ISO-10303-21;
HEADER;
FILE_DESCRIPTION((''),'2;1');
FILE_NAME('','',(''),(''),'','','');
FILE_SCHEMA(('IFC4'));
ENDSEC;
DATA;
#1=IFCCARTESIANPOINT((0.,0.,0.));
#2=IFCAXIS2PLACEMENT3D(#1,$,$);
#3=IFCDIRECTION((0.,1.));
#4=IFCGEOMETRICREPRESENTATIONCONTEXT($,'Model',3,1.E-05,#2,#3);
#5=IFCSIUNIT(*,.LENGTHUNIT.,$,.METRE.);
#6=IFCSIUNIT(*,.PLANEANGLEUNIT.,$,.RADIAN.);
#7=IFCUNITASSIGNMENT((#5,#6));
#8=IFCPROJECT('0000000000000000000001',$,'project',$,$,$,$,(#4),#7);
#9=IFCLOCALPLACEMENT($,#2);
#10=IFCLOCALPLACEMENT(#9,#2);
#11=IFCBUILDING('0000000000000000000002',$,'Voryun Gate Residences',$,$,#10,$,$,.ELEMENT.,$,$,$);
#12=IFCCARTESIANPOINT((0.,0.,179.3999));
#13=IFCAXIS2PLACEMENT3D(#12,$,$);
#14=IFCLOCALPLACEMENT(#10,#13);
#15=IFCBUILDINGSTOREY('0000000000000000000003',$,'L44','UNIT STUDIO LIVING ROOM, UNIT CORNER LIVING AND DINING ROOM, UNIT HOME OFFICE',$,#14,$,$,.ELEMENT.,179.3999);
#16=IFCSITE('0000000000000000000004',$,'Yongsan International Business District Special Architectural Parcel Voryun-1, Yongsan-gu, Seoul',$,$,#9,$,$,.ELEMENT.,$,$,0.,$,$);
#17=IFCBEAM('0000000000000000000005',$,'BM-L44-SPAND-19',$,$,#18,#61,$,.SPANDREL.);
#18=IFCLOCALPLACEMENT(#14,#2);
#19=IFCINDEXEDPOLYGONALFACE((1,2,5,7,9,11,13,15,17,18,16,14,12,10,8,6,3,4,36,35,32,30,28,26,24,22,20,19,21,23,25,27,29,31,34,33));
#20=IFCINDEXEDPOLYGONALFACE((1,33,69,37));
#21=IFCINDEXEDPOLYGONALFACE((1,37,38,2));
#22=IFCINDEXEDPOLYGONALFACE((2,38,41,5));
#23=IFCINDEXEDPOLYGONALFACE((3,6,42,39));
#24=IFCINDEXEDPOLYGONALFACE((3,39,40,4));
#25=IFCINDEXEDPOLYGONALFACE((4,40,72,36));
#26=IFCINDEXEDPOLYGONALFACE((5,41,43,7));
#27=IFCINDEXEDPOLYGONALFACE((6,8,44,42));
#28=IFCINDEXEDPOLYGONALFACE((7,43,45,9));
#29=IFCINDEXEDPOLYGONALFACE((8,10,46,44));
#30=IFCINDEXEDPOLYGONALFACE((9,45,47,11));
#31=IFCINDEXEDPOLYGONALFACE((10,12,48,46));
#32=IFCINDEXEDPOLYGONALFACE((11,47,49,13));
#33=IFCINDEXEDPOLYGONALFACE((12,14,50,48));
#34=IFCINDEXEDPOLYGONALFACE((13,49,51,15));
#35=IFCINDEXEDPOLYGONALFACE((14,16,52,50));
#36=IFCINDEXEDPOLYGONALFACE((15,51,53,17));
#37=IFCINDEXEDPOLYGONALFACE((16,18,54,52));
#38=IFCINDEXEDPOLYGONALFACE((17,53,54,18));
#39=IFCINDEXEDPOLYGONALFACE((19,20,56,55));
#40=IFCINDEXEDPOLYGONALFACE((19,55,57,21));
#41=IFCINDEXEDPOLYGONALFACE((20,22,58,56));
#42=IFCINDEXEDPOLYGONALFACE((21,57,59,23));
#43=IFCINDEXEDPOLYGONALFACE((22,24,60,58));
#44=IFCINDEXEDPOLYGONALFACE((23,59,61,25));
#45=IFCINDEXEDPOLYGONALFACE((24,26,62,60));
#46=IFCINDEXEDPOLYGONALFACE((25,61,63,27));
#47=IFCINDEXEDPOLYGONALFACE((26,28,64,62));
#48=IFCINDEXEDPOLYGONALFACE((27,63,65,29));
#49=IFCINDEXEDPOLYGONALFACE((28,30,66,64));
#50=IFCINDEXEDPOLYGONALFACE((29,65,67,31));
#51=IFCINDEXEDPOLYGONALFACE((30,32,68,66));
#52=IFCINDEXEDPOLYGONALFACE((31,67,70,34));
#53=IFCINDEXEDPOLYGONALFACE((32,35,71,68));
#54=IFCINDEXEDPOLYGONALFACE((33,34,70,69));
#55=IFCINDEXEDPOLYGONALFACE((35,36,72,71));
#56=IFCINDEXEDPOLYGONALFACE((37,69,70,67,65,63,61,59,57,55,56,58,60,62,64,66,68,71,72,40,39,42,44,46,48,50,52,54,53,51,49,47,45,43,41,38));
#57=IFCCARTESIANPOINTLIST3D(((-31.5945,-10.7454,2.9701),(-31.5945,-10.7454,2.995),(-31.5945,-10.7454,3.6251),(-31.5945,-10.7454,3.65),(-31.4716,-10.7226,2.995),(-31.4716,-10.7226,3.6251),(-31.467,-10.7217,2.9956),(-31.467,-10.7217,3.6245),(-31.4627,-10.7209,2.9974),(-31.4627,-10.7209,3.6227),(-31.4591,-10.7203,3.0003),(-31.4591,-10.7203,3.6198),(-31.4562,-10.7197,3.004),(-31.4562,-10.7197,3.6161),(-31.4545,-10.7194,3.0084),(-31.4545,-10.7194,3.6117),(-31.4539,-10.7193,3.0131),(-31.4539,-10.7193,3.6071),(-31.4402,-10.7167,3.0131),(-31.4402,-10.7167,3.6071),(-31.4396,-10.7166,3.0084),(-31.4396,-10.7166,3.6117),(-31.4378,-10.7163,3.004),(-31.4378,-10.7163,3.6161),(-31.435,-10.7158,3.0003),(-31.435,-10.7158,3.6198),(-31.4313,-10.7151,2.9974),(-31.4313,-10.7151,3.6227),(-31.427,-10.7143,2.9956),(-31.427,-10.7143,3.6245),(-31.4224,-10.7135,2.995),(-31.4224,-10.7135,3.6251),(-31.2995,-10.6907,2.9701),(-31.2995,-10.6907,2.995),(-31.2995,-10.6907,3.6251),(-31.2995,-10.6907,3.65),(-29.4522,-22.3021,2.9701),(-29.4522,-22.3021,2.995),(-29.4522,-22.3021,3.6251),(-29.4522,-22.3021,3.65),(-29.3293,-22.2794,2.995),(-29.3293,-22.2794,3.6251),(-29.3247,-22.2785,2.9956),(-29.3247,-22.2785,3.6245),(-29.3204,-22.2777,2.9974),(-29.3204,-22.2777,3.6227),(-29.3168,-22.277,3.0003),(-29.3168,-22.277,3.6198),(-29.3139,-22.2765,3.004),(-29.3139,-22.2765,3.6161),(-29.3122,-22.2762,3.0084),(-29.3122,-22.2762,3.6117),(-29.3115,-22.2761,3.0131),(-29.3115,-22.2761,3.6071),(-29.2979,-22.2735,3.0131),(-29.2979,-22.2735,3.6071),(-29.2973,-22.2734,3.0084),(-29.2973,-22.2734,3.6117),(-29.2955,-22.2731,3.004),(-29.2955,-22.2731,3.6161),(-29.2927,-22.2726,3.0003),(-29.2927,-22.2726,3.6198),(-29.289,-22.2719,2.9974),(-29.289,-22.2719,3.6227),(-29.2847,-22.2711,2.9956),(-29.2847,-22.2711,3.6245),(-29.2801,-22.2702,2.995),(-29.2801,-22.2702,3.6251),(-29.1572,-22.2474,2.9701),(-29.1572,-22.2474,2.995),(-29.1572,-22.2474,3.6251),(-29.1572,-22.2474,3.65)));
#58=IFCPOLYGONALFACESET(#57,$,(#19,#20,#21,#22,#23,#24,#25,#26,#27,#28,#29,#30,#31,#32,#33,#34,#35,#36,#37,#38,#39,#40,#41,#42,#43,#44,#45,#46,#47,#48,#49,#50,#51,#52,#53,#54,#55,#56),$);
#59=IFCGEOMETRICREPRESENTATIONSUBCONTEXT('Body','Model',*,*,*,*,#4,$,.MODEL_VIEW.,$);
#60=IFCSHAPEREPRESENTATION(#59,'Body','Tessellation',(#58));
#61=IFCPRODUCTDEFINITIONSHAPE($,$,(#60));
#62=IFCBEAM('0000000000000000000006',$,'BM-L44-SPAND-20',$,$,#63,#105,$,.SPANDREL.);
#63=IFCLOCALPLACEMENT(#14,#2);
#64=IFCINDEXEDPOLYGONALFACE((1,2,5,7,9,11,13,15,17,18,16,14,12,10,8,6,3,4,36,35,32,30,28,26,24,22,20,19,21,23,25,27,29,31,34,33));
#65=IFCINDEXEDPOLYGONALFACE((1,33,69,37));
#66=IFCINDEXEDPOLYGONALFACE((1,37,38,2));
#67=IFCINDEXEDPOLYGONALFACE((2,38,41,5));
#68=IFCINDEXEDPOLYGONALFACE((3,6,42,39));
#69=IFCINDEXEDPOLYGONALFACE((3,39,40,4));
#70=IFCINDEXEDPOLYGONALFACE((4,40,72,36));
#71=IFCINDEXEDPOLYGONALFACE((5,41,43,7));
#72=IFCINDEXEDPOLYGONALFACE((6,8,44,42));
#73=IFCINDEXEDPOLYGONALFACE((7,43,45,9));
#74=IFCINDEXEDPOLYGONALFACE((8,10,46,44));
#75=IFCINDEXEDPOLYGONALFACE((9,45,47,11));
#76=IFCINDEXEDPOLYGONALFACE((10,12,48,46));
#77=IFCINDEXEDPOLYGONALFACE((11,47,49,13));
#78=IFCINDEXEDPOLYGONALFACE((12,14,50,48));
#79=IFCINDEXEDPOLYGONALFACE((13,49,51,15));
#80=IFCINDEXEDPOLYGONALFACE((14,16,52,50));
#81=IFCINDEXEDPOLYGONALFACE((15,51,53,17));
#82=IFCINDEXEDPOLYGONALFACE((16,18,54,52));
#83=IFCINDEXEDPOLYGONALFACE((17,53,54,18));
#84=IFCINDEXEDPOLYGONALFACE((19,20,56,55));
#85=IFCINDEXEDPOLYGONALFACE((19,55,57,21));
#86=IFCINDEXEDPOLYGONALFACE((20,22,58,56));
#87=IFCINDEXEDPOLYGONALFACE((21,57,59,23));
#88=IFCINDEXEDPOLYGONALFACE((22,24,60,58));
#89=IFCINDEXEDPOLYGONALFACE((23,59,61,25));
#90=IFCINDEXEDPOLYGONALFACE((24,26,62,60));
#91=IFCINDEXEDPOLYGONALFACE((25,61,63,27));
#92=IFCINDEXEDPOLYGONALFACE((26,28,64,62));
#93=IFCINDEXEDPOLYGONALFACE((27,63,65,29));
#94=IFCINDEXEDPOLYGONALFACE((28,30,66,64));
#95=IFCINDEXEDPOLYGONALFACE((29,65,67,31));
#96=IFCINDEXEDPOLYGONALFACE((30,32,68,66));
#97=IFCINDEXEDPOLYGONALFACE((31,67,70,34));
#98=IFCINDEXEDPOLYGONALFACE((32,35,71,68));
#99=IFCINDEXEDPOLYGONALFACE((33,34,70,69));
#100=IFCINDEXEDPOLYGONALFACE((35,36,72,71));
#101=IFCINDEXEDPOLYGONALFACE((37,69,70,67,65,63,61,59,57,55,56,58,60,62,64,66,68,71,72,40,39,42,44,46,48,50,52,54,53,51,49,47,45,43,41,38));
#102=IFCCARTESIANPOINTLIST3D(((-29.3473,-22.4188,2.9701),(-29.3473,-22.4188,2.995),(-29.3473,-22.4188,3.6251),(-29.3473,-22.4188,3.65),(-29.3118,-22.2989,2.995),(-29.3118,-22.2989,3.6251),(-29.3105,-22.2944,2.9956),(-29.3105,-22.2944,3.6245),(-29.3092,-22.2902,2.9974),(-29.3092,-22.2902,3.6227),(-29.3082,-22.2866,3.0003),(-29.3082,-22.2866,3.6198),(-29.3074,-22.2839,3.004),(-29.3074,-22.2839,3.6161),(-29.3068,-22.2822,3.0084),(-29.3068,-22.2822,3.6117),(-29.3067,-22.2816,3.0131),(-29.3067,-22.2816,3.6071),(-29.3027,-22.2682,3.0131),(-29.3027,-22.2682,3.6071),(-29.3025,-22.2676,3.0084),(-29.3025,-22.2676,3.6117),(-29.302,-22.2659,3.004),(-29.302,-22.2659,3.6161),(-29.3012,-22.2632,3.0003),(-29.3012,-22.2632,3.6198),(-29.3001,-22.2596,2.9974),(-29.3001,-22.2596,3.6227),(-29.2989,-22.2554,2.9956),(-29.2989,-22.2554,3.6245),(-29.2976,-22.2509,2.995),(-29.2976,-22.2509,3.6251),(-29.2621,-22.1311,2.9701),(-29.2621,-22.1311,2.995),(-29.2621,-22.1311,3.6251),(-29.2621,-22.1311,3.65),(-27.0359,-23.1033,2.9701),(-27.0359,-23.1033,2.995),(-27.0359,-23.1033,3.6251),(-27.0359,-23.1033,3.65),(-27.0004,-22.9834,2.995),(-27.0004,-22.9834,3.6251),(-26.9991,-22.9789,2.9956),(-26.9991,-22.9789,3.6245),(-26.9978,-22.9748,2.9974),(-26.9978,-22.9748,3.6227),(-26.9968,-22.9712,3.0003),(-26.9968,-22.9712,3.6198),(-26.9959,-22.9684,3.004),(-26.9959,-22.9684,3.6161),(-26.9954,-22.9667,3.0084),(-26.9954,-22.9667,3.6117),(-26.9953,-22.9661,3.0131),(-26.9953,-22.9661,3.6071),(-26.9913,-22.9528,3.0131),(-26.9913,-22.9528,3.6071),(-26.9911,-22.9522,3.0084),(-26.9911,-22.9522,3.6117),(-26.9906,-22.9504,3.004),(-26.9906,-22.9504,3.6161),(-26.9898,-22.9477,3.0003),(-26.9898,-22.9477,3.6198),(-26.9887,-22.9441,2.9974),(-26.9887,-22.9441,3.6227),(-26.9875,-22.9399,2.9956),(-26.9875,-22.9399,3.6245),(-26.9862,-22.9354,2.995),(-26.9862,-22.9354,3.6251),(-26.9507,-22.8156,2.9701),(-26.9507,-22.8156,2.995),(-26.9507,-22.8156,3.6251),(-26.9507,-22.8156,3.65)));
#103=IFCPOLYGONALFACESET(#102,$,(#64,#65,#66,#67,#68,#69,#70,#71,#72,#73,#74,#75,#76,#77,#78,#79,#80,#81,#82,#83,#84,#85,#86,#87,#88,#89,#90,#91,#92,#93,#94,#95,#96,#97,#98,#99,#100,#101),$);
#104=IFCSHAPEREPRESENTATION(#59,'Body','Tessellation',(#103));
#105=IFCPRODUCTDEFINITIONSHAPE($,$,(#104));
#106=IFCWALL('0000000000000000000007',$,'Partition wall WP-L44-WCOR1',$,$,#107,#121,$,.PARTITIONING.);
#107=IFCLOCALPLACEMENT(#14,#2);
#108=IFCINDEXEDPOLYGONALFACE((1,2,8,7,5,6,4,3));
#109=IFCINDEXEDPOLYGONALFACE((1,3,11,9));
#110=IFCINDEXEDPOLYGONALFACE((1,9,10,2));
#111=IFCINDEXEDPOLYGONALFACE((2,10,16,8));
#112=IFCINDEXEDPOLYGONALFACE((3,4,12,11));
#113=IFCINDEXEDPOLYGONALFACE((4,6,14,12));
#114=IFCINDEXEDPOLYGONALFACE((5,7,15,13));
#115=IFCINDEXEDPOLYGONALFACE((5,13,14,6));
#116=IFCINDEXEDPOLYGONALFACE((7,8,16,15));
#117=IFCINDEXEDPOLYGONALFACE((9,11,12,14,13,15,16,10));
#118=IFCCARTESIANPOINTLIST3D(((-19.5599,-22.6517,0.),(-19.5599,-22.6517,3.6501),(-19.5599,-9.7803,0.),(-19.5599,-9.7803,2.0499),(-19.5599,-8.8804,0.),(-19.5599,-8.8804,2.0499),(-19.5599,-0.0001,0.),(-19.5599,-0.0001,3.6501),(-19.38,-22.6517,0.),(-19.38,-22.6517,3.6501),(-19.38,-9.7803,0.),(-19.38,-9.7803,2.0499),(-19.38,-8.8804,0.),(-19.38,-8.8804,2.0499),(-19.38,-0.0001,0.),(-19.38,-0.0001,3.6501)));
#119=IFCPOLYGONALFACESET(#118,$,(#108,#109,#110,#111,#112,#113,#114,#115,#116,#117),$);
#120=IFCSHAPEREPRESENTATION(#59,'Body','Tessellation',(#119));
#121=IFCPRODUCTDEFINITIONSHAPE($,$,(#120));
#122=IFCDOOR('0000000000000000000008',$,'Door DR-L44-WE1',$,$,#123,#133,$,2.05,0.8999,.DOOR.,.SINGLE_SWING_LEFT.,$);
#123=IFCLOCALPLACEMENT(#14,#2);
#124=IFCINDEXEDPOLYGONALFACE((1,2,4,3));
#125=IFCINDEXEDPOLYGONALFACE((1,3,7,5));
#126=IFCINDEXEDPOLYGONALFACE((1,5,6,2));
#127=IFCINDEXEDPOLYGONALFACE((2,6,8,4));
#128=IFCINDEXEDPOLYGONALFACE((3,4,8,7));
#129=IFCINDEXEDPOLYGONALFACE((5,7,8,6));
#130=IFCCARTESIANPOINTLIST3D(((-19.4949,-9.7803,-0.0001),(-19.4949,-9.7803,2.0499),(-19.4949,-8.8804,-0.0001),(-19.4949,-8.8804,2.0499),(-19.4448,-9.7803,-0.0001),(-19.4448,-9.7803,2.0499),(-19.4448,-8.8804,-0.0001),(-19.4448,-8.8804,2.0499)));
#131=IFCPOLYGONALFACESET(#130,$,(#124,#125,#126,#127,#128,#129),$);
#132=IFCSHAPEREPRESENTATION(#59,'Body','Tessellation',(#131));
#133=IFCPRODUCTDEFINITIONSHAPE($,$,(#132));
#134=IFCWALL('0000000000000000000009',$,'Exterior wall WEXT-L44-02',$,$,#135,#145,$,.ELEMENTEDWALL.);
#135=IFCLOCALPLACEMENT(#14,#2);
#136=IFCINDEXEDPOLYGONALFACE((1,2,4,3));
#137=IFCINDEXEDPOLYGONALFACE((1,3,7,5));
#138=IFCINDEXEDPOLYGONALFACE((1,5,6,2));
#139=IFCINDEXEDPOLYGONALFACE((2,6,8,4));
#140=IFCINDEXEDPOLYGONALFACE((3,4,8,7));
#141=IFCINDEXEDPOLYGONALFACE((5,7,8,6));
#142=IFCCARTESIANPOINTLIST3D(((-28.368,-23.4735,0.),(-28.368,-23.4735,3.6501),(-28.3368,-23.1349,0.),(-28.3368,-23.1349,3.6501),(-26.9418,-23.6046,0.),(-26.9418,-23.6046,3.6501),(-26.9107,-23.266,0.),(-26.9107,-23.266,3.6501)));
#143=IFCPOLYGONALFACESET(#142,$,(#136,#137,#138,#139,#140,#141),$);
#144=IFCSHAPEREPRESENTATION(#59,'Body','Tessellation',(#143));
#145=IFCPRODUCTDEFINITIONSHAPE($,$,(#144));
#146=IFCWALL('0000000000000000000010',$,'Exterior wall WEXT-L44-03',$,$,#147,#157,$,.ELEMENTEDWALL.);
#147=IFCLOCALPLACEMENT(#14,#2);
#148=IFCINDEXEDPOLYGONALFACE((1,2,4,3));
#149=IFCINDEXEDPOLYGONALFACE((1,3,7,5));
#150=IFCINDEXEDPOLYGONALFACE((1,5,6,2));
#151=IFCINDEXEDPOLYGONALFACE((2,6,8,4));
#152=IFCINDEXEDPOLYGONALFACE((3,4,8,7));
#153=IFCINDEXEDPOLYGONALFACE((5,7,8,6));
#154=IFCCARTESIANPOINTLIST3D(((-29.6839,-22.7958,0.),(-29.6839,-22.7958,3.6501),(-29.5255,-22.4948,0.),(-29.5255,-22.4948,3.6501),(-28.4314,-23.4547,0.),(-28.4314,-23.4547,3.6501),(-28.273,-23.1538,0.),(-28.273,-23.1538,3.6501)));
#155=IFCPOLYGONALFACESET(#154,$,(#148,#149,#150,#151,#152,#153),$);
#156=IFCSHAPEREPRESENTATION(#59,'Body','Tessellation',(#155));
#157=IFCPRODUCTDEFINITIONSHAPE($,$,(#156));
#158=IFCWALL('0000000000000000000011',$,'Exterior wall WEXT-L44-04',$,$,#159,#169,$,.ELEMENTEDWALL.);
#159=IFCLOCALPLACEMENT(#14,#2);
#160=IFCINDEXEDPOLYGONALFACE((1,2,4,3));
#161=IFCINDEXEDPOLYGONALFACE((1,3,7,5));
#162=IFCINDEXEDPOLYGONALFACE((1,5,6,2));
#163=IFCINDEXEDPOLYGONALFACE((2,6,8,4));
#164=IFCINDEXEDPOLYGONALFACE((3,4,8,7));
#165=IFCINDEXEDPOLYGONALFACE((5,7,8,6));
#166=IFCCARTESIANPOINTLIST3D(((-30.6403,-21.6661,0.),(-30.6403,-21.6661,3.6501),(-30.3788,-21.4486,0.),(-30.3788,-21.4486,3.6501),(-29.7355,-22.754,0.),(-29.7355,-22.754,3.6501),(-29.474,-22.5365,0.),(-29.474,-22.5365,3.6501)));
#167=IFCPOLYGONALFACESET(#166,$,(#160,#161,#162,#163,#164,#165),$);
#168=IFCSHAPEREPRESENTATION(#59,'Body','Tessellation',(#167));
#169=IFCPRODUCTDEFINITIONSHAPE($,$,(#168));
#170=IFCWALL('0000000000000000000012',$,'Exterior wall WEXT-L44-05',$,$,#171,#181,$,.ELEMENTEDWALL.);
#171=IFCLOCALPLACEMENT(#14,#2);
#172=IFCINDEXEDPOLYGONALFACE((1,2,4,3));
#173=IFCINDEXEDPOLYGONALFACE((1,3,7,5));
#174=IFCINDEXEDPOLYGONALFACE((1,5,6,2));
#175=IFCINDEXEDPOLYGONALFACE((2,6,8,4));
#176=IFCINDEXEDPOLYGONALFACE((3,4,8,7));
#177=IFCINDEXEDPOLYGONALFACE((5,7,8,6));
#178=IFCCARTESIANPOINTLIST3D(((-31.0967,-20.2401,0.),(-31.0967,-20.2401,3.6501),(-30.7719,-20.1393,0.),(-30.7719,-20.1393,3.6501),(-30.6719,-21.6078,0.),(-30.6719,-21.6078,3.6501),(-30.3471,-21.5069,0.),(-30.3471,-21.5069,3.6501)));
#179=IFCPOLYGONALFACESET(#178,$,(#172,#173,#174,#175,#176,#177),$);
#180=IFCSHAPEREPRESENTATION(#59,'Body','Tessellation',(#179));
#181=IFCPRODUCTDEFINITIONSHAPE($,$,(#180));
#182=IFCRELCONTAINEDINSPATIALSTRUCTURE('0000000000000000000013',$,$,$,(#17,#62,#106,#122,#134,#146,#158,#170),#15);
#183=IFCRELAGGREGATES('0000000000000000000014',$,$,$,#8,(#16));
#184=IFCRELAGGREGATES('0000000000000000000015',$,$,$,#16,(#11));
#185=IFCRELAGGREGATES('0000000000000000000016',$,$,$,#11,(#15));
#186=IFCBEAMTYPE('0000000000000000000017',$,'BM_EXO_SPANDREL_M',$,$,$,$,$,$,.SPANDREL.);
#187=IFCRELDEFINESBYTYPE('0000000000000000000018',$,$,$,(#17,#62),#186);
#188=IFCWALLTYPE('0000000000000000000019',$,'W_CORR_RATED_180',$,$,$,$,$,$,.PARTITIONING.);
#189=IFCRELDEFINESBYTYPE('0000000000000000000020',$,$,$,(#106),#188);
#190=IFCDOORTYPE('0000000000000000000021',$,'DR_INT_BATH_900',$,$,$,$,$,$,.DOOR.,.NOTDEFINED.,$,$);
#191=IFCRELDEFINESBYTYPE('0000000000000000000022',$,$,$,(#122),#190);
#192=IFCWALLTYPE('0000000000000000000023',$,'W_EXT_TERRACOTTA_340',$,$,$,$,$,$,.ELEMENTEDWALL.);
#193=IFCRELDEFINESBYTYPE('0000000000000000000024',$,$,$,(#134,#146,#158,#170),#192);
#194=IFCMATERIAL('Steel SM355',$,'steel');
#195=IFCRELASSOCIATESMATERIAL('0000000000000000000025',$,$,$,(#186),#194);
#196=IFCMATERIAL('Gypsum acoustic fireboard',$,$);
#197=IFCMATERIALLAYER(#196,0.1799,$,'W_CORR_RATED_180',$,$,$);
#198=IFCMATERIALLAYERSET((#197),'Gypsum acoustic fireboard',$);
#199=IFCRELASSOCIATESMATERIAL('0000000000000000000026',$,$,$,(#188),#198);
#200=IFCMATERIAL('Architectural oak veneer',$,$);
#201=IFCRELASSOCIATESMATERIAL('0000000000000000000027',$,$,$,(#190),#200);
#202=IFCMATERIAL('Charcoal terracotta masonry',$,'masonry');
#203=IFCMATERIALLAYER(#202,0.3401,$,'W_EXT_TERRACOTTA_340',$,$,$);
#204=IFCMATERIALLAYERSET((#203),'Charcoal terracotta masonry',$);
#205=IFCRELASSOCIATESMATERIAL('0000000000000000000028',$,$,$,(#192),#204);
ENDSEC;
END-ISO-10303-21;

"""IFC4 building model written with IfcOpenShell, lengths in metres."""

from ifc_helpers import new_model, si_unit, direction, frame, frame_2d, origin, origin_2d, place, context, subcontext, project, spatial, rectangle, i_section, extrude, material, layer, layer_set, material_profile, profile_set, type_object, element, fill, save


model = new_model("IFC4")

# Units and contexts
model_context = context("Model", 3, precision=1e-05, world=origin(), true_north=direction((0.0, 1.0)))
body_context = subcontext(model_context, "Body", "Model", "MODEL_VIEW")
ifc_project = project(units=[si_unit("LENGTHUNIT", "METRE"), si_unit("PLANEANGLEUNIT", "RADIAN")], contexts=[model_context])

# Site, building, storey
site_placement = place(None, origin())
site = spatial("IfcSite", under=ifc_project, at=site_placement, Name="Yongsan International Business District Special Architectural Parcel Voryun-1, Yongsan-gu, Seoul", CompositionType="ELEMENT", RefElevation=0.0)
building_placement = place(site_placement, origin())
building = spatial("IfcBuilding", under=site, at=building_placement, Name="Voryun Gate Residences", CompositionType="ELEMENT")
storey_placement = place(building_placement, frame((0.0, 0.0, 179.3999)))
storey = spatial("IfcBuildingStorey", under=building, at=storey_placement, Name="L44", Description="UNIT STUDIO LIVING ROOM, UNIT CORNER LIVING AND DINING ROOM, UNIT HOME OFFICE", CompositionType="ELEMENT", Elevation=179.3999)

# Beams
ifc_material_1 = material(Name="Steel SM355", Category="steel")
ifc_material_profile_1 = material_profile(ifc_material_1, i_section(OverallWidth=0.3, OverallDepth=0.6799, WebThickness=0.0139, FlangeThickness=0.0249, FilletRadius=0.0181, at=origin_2d()), Name="H-680x300x14x25")
ifc_profile_set_1 = profile_set([ifc_material_profile_1], Name="Steel SM355")
beam_type = type_object("IfcBeamType", Name="BM_EXO_SPANDREL_M", PredefinedType="SPANDREL", material=ifc_profile_set_1)
beam_1_placement = place(storey_placement, frame((-31.447, -10.718, 3.3101), z_axis=(0.182268, -0.983249, 0.0), x_axis=(0.983249, 0.182268, 0.0)))
element("IfcBeam", 1, at=beam_1_placement, inside=storey, type_object=beam_type, Name="BM-L44-SPAND-19", PredefinedType="SPANDREL", context=body_context, shape_type="SweptSolid", body=[
    extrude(i_section(OverallWidth=0.3, OverallDepth=0.6799, WebThickness=0.0139, FlangeThickness=0.0249, FilletRadius=0.0181, at=origin_2d()), origin(), (0.0, 0.0, 1.0), 11.7537),
])
beam_2_placement = place(storey_placement, frame((-29.3047, -22.2749, 3.3101), z_axis=(0.958835, -0.283964, 0.0), x_axis=(0.283964, 0.958835, 0.0)))
element("IfcBeam", 2, at=beam_2_placement, inside=storey, type_object=beam_type, Name="BM-L44-SPAND-20", PredefinedType="SPANDREL", context=body_context, shape_type="SweptSolid", body=[
    extrude(i_section(OverallWidth=0.3, OverallDepth=0.6799, WebThickness=0.0139, FlangeThickness=0.0249, FilletRadius=0.0181, at=origin_2d()), origin(), (0.0, 0.0, 1.0), 2.4106),
])

# Wall, opening, door
ifc_material_2 = material(Name="Gypsum acoustic fireboard")
ifc_layer_1 = layer(ifc_material_2, 0.1799, Name="W_CORR_RATED_180")
ifc_layer_set_1 = layer_set([ifc_layer_1], Name="Gypsum acoustic fireboard")
wall_type_1 = type_object("IfcWallType", Name="W_CORR_RATED_180", PredefinedType="PARTITIONING", material=ifc_layer_set_1)
wall_1_placement = place(storey_placement, frame((-19.47, -22.6516, 0.0), z_axis=(0.0, 0.0, 1.0), x_axis=(0.0, 1.0, 0.0)))
wall_1 = element("IfcWall", 3, at=wall_1_placement, inside=storey, type_object=wall_type_1, Name="Partition wall WP-L44-WCOR1", PredefinedType="PARTITIONING", context=body_context, shape_type="SweptSolid", body=[
    extrude(rectangle(XDim=22.6516, YDim=0.1799, at=frame_2d((11.3257, 0.0))), origin(), (0.0, 0.0, 1.0), 3.6501),
])
opening_1_placement = place(wall_1_placement, frame((12.8713, 0.0, 0.0)))
opening_1 = element("IfcOpeningElement", 4, at=opening_1_placement, cuts=wall_1, PredefinedType="OPENING", context=body_context, shape_type="SweptSolid", body=[
    extrude(rectangle(XDim=0.8999, YDim=2.05, at=frame_2d((0.45, 1.0249))), frame((0.0, 0.0999, 0.0), z_axis=(0.0, -1.0, 0.0), x_axis=(1.0, 0.0, 0.0)), (0.0, 0.0, 1.0), 0.2),
])
ifc_material_3 = material(Name="Architectural oak veneer")
door_type_1 = type_object("IfcDoorType", Name="DR_INT_BATH_900", OperationType="NOTDEFINED", PredefinedType="DOOR", material=ifc_material_3)
door_1_placement = place(opening_1_placement, origin())
door_1 = element("IfcDoor", 5, at=door_1_placement, inside=storey, type_object=door_type_1, Name="Door DR-L44-WE1", OperationType="SINGLE_SWING_LEFT", OverallHeight=2.05, OverallWidth=0.8999, PredefinedType="DOOR", context=body_context, shape_type="SweptSolid", body=[
    extrude(rectangle(XDim=0.8999, YDim=2.05, at=frame_2d((0.45, 1.0249))), frame((0.0, 0.0249, 0.0), z_axis=(0.0, -1.0, 0.0), x_axis=(1.0, 0.0, 0.0)), (0.0, 0.0, 1.0), 0.05),
])
fill(opening_1, door_1)

# Walls
ifc_material_4 = material(Name="Charcoal terracotta masonry", Category="masonry")
ifc_layer_2 = layer(ifc_material_4, 0.3401, Name="W_EXT_TERRACOTTA_340")
ifc_layer_set_2 = layer_set([ifc_layer_2], Name="Charcoal terracotta masonry")
wall_type_2 = type_object("IfcWallType", Name="W_EXT_TERRACOTTA_340", PredefinedType="ELEMENTEDWALL", material=ifc_layer_set_2)
wall_2_placement = place(storey_placement, frame((-26.9263, -23.4353, 0.0), z_axis=(0.0, 0.0, 1.0), x_axis=(-0.9958, 0.09155, 0.0)))
element("IfcWall", 6, at=wall_2_placement, inside=storey, type_object=wall_type_2, Name="Exterior wall WEXT-L44-02", PredefinedType="ELEMENTEDWALL", context=body_context, shape_type="SweptSolid", body=[
    extrude(rectangle(XDim=1.4321, YDim=0.3401, at=frame_2d((0.7161, 0.0))), origin(), (0.0, 0.0, 1.0), 3.6501),
])
wall_3_placement = place(storey_placement, frame((-28.3523, -23.3042, 0.0), z_axis=(0.0, 0.0, 1.0), x_axis=(-0.884989, 0.465611, 0.0)))
element("IfcWall", 7, at=wall_3_placement, inside=storey, type_object=wall_type_2, Name="Exterior wall WEXT-L44-03", PredefinedType="ELEMENTEDWALL", context=body_context, shape_type="SweptSolid", body=[
    extrude(rectangle(XDim=1.4153, YDim=0.3401, at=frame_2d((0.7075, 0.0))), origin(), (0.0, 0.0, 1.0), 3.6501),
])
wall_4_placement = place(storey_placement, frame((-29.6047, -22.6453, 0.0), z_axis=(0.0, 0.0, 1.0), x_axis=(-0.639437, 0.768843, 0.0)))
element("IfcWall", 8, at=wall_4_placement, inside=storey, type_object=wall_type_2, Name="Exterior wall WEXT-L44-04", PredefinedType="ELEMENTEDWALL", context=body_context, shape_type="SweptSolid", body=[
    extrude(rectangle(XDim=1.415, YDim=0.3401, at=frame_2d((0.7075, 0.0))), origin(), (0.0, 0.0, 1.0), 3.6501),
])
wall_5_placement = place(storey_placement, frame((-30.5095, -21.5574, 0.0), z_axis=(0.0, 0.0, 1.0), x_axis=(-0.296624, 0.954994, 0.0)))
element("IfcWall", 9, at=wall_5_placement, inside=storey, type_object=wall_type_2, Name="Exterior wall WEXT-L44-05", PredefinedType="ELEMENTEDWALL", context=body_context, shape_type="SweptSolid", body=[
    extrude(rectangle(XDim=1.4321, YDim=0.3401, at=frame_2d((0.7161, 0.0))), origin(), (0.0, 0.0, 1.0), 3.6501),
])

save(model, "model.ifc")
